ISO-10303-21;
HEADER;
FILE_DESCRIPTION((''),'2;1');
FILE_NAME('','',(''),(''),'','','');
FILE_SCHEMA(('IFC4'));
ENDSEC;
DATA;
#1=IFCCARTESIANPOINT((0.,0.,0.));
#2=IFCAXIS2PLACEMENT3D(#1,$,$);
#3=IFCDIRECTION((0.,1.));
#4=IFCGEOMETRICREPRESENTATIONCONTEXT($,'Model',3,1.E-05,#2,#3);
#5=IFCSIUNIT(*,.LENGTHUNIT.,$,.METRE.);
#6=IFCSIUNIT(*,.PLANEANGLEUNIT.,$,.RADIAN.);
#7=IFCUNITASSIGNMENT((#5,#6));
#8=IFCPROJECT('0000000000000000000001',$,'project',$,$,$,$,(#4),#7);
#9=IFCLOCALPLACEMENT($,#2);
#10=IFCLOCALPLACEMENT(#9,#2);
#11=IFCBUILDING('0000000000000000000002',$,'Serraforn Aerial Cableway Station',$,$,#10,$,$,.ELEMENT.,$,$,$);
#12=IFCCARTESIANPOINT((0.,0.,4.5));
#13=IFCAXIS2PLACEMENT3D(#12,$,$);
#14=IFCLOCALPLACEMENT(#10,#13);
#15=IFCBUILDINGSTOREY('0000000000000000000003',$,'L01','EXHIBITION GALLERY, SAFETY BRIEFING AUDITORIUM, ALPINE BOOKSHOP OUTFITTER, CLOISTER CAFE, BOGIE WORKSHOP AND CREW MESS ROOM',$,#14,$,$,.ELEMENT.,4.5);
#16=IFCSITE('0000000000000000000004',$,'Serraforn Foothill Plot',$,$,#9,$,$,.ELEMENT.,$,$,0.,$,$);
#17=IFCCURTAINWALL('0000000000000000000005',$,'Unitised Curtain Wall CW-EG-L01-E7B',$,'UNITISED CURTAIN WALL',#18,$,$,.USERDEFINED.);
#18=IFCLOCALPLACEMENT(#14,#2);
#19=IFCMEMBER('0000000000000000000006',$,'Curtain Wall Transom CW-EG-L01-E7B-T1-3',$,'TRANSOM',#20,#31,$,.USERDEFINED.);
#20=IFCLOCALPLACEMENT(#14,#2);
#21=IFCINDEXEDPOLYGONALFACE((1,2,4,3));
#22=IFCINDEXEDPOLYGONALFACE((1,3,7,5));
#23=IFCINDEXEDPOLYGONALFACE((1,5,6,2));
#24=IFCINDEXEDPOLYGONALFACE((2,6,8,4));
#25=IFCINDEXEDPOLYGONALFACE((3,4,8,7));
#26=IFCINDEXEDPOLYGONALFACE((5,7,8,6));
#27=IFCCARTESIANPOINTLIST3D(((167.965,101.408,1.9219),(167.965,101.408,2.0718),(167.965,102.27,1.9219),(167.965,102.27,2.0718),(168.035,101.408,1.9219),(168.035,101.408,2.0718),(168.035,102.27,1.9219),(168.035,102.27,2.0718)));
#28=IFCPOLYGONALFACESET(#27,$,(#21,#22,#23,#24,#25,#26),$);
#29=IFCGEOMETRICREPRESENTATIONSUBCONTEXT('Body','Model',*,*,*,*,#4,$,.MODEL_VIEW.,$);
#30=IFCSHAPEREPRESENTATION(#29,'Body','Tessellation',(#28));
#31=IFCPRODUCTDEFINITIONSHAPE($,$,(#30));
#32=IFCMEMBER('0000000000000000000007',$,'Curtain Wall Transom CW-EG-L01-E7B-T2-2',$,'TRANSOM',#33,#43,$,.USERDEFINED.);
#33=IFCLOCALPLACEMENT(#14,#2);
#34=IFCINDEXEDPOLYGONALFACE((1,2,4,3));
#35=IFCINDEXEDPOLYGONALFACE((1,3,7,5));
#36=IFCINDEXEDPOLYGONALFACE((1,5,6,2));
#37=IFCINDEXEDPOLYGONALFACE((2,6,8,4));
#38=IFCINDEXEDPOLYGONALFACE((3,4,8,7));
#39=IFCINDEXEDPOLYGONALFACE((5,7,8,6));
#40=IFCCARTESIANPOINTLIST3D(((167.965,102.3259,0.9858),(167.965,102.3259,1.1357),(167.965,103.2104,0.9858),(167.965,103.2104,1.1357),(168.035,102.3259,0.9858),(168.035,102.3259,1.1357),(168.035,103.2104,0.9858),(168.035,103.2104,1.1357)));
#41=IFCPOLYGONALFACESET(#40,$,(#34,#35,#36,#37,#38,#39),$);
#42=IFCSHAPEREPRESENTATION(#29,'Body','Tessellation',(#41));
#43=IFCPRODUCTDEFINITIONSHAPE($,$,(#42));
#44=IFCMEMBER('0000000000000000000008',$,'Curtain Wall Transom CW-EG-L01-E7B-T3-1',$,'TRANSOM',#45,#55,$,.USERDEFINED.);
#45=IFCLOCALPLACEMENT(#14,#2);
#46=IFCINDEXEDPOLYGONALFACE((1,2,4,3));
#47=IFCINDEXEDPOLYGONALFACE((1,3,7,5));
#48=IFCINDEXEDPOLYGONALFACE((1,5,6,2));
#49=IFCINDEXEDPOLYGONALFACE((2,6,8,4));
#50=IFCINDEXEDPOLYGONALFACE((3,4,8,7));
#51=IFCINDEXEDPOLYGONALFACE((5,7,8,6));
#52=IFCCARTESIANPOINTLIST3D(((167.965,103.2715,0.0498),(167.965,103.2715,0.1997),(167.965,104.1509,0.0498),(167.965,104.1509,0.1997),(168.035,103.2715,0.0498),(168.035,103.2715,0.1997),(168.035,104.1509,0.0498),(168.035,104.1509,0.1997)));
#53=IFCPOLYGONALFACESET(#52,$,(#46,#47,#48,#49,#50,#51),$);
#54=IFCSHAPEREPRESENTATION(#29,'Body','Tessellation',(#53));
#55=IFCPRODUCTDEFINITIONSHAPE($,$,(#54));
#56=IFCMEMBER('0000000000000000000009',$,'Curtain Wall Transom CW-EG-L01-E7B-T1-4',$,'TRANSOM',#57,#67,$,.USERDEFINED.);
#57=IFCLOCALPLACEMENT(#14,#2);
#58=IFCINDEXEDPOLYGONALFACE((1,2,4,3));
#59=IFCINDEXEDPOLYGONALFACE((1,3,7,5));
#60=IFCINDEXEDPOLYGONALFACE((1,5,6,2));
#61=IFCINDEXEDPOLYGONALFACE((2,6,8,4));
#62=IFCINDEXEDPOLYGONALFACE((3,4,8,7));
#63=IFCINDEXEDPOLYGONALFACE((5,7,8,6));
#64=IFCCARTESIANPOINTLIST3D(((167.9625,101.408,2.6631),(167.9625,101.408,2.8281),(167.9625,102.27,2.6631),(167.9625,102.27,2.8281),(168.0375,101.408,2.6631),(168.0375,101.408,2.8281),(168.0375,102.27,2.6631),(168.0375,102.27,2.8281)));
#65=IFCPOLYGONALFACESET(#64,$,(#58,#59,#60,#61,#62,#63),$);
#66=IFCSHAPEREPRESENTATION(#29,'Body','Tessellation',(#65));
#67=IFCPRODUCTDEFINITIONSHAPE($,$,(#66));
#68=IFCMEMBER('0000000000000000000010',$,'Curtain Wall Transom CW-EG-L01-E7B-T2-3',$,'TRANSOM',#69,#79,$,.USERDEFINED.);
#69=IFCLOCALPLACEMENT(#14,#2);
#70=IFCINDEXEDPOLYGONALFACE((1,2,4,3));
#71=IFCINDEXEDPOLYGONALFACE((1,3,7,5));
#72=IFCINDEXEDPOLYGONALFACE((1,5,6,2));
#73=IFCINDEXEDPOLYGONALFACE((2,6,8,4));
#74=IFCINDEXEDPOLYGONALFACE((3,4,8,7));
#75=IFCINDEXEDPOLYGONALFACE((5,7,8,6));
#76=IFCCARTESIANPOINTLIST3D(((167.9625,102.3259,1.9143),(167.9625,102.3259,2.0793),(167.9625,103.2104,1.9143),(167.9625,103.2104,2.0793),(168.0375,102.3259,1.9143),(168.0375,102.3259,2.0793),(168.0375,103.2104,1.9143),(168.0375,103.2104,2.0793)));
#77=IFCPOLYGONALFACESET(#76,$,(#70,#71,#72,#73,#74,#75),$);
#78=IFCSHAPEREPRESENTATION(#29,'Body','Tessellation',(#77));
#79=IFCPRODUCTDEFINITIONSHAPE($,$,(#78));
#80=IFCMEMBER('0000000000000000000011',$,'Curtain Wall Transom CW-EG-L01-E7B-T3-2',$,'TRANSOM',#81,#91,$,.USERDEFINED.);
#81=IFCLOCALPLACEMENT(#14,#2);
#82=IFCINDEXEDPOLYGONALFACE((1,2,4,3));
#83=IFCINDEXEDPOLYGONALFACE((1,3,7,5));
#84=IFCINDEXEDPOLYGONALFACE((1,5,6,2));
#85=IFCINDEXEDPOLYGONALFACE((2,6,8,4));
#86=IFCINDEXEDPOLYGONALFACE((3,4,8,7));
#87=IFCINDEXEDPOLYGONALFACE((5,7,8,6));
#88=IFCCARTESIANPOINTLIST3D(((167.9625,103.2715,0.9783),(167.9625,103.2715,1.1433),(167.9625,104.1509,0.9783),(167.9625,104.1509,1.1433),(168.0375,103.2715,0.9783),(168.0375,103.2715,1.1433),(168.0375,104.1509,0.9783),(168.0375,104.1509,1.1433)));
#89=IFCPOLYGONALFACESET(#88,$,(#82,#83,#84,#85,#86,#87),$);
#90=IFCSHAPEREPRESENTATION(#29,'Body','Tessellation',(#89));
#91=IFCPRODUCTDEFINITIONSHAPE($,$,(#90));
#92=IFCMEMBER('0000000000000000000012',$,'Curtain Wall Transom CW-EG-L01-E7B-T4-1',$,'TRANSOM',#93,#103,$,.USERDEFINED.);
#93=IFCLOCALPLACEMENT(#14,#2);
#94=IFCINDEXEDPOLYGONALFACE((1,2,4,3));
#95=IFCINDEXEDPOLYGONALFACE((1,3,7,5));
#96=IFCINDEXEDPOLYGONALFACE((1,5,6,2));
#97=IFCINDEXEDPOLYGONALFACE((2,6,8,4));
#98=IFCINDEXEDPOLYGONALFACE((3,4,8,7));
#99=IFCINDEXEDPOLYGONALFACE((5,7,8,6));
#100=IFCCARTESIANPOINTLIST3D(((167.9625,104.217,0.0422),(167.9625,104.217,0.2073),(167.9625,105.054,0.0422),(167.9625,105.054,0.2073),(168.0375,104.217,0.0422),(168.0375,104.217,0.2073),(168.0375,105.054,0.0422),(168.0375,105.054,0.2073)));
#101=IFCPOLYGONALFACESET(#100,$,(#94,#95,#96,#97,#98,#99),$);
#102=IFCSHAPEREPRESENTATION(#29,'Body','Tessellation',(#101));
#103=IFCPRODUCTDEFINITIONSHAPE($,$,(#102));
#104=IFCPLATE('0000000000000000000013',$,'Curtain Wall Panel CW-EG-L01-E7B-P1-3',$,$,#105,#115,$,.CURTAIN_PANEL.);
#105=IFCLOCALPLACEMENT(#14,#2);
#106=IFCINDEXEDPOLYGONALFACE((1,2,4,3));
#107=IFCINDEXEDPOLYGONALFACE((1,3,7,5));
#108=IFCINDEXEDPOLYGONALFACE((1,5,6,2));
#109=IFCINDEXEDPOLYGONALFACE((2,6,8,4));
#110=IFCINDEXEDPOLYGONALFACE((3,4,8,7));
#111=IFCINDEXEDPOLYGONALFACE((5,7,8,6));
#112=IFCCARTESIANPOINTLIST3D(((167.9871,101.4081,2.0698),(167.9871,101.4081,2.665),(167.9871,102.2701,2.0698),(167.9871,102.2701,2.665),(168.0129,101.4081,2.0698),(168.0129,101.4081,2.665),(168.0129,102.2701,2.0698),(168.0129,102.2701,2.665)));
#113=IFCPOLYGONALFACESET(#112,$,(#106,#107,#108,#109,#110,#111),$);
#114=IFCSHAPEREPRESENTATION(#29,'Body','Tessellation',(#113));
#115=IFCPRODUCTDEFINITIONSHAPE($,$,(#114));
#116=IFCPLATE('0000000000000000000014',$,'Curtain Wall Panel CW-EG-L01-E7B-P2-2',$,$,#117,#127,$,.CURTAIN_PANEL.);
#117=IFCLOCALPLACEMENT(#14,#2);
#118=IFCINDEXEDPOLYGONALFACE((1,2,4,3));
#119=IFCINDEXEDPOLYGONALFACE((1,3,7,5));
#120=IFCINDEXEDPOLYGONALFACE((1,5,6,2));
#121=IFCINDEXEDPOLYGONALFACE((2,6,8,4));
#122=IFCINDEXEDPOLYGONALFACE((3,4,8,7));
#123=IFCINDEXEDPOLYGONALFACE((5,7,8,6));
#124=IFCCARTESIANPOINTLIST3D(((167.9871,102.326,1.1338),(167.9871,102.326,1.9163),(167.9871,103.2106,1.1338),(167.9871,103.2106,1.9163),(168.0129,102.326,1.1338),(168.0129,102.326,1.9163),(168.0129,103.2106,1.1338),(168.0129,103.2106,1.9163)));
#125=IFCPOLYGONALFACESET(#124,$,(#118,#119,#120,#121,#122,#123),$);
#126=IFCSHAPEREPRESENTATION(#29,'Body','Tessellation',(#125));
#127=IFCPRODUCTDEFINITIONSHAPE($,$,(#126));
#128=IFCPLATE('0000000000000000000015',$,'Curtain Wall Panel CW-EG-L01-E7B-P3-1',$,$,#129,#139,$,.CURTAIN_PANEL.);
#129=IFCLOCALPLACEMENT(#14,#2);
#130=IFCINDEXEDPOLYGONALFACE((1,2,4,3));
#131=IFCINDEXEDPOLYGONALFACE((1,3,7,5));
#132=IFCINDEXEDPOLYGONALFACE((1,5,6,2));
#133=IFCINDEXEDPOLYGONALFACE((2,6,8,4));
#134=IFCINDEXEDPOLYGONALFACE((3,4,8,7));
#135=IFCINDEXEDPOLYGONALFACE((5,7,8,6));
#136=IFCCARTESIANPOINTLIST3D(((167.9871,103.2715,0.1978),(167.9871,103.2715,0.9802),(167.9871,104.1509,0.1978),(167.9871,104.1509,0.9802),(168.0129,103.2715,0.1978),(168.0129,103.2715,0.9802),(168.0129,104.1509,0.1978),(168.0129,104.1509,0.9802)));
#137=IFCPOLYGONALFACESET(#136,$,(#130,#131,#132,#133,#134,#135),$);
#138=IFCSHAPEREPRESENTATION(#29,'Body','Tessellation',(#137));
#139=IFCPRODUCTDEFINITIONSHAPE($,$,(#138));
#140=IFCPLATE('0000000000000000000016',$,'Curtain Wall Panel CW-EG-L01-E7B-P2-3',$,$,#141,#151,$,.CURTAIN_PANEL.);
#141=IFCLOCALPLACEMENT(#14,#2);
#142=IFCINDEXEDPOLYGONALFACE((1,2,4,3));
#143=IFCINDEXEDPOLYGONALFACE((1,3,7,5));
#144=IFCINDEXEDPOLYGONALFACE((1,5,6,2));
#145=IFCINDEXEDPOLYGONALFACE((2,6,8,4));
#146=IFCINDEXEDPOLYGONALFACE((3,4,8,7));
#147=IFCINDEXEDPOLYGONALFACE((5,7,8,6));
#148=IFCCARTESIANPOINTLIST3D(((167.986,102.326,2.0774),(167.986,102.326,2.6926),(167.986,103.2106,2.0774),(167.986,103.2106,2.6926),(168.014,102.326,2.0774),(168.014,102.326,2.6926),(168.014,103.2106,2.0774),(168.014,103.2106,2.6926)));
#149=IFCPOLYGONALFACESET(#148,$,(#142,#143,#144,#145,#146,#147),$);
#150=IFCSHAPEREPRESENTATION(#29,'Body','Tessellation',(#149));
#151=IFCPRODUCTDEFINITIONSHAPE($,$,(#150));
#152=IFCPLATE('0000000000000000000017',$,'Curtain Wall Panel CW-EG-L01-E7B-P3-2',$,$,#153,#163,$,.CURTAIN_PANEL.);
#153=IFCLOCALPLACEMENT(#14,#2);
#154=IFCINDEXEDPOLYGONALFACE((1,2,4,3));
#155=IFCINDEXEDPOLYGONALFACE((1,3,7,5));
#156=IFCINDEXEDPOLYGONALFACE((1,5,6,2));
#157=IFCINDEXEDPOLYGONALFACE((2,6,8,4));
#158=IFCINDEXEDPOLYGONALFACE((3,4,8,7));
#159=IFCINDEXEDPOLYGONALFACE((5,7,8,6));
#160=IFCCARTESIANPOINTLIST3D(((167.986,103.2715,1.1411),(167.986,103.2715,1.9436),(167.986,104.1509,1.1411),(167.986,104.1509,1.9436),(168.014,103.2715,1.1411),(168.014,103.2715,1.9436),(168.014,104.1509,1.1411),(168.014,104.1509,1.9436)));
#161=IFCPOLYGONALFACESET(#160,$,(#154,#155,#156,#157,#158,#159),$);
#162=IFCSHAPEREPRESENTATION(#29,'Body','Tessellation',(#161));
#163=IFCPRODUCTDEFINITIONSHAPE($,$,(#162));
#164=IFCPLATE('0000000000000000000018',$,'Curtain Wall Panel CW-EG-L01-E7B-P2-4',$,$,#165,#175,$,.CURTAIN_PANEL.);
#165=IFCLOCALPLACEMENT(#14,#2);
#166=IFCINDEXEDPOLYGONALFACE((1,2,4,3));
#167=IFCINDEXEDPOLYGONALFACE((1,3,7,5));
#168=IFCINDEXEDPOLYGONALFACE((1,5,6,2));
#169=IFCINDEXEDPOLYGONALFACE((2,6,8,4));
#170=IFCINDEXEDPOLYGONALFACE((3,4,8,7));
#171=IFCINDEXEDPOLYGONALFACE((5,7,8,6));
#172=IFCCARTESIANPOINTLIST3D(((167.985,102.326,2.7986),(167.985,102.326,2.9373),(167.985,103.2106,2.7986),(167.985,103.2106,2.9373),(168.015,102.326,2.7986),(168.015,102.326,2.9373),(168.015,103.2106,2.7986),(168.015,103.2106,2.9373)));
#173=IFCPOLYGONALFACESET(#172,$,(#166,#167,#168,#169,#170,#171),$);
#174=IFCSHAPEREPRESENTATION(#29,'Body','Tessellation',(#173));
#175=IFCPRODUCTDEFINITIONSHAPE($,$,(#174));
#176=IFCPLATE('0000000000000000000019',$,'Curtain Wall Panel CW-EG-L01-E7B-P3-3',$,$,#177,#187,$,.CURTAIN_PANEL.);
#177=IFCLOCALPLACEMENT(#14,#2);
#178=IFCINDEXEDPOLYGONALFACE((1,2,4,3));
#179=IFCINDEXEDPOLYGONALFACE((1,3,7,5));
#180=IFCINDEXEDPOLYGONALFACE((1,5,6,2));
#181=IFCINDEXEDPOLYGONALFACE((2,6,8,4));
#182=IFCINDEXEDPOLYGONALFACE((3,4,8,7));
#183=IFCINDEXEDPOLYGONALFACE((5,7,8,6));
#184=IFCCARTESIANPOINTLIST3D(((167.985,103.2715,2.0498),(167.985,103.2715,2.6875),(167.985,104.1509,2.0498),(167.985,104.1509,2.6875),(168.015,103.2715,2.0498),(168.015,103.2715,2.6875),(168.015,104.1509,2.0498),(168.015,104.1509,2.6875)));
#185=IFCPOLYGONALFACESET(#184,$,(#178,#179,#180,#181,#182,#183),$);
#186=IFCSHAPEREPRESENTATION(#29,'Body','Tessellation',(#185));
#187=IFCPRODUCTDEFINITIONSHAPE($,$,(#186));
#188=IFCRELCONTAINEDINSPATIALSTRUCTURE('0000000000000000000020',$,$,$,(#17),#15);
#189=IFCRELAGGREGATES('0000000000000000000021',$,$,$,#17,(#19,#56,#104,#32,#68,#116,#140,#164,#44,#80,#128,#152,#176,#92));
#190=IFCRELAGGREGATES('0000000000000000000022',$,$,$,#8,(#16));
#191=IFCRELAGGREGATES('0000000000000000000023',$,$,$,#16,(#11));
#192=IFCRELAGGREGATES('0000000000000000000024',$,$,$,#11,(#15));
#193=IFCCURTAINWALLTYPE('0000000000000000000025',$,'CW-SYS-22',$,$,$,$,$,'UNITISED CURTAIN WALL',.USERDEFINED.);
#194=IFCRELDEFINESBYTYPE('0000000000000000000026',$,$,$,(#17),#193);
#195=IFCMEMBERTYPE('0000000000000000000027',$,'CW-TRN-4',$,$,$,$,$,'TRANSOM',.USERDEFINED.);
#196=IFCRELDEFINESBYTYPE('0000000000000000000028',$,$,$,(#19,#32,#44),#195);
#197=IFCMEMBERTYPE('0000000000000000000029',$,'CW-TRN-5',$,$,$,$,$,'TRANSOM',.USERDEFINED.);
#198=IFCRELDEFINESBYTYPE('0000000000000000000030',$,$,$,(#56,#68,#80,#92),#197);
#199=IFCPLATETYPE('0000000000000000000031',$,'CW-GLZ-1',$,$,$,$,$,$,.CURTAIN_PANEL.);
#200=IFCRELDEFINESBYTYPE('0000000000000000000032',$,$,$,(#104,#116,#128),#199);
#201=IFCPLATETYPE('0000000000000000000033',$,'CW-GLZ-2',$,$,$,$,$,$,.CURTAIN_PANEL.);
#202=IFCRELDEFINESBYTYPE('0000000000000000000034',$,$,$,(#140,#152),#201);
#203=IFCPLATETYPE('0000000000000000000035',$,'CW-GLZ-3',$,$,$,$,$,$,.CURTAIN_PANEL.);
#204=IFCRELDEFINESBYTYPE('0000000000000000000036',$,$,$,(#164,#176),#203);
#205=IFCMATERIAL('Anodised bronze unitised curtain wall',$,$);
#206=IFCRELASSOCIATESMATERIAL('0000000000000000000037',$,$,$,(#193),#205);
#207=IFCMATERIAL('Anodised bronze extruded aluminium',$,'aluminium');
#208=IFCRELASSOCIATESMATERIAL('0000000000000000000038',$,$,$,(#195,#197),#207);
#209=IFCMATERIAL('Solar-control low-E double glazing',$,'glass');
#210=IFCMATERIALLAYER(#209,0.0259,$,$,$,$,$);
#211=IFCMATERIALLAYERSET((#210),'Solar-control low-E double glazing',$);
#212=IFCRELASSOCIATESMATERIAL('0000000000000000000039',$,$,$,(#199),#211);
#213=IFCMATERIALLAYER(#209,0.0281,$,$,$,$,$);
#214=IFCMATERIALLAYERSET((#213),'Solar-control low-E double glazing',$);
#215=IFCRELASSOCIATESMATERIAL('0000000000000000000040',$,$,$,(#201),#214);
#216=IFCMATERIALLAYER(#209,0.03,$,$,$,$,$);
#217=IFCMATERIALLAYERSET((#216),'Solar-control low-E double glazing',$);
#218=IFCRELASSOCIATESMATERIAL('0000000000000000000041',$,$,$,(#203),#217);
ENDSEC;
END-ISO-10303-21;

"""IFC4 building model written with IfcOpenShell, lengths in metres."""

from ifc_helpers import new_model, si_unit, direction, frame, origin, origin_2d, place, context, subcontext, project, spatial, rectangle, extrude, material, layer, layer_set, material_profile, profile_set, type_object, element, aggregate, save


model = new_model("IFC4")

# Units and contexts
model_context = context("Model", 3, precision=1e-05, world=origin(), true_north=direction((0.0, 1.0)))
body_context = subcontext(model_context, "Body", "Model", "MODEL_VIEW")
ifc_project = project(units=[si_unit("LENGTHUNIT", "METRE"), si_unit("PLANEANGLEUNIT", "RADIAN")], contexts=[model_context])

# Site, building, storey
site_placement = place(None, origin())
site = spatial("IfcSite", under=ifc_project, at=site_placement, Name="Serraforn Foothill Plot", CompositionType="ELEMENT", RefElevation=0.0)
building_placement = place(site_placement, origin())
building = spatial("IfcBuilding", under=site, at=building_placement, Name="Serraforn Aerial Cableway Station", CompositionType="ELEMENT")
storey_placement = place(building_placement, frame((0.0, 0.0, 4.5)))
storey = spatial("IfcBuildingStorey", under=building, at=storey_placement, Name="L01", Description="EXHIBITION GALLERY, SAFETY BRIEFING AUDITORIUM, ALPINE BOOKSHOP OUTFITTER, CLOISTER CAFE, BOGIE WORKSHOP AND CREW MESS ROOM", CompositionType="ELEMENT", Elevation=4.5)

# Curtain wall, members, plates
ifc_material_1 = material(Name="Anodised bronze unitised curtain wall")
curtain_wall_type = type_object("IfcCurtainWallType", Name="CW-SYS-22", ElementType="UNITISED CURTAIN WALL", PredefinedType="USERDEFINED", material=ifc_material_1)
curtain_wall_placement = place(storey_placement, origin())
curtain_wall = element("IfcCurtainWall", 1, at=curtain_wall_placement, inside=storey, type_object=curtain_wall_type, Name="Unitised Curtain Wall CW-EG-L01-E7B", ObjectType="UNITISED CURTAIN WALL", PredefinedType="USERDEFINED")
ifc_material_2 = material(Name="Anodised bronze extruded aluminium", Category="aluminium")
ifc_material_profile_1 = material_profile(ifc_material_2, rectangle(XDim=0.0701, YDim=0.1499, at=origin_2d()), Name="CW TRANSOM 70x150")
ifc_profile_set_1 = profile_set([ifc_material_profile_1], Name="Anodised bronze extruded aluminium")
member_type_1 = type_object("IfcMemberType", Name="CW-TRN-4", ElementType="TRANSOM", PredefinedType="USERDEFINED", material=ifc_profile_set_1)
member_1_placement = place(storey_placement, frame((168.0, 101.408, 1.9968), z_axis=(0.0, 1.0, 0.0), x_axis=(-1.0, 0.0, 0.0)))
member_1 = element("IfcMember", 2, at=member_1_placement, type_object=member_type_1, Name="Curtain Wall Transom CW-EG-L01-E7B-T1-3", ObjectType="TRANSOM", PredefinedType="USERDEFINED", context=body_context, shape_type="SweptSolid", body=[
    extrude(rectangle(XDim=0.0701, YDim=0.1499, at=origin_2d()), origin(), (0.0, 0.0, 1.0), 0.8621),
])
member_2_placement = place(storey_placement, frame((168.0, 102.3259, 1.0608), z_axis=(0.0, 1.0, 0.0), x_axis=(-1.0, 0.0, 0.0)))
member_2 = element("IfcMember", 3, at=member_2_placement, type_object=member_type_1, Name="Curtain Wall Transom CW-EG-L01-E7B-T2-2", ObjectType="TRANSOM", PredefinedType="USERDEFINED", context=body_context, shape_type="SweptSolid", body=[
    extrude(rectangle(XDim=0.0701, YDim=0.1499, at=origin_2d()), origin(), (0.0, 0.0, 1.0), 0.8845),
])
member_3_placement = place(storey_placement, frame((168.0, 103.2715, 0.1248), z_axis=(0.0, 1.0, 0.0), x_axis=(-1.0, 0.0, 0.0)))
member_3 = element("IfcMember", 4, at=member_3_placement, type_object=member_type_1, Name="Curtain Wall Transom CW-EG-L01-E7B-T3-1", ObjectType="TRANSOM", PredefinedType="USERDEFINED", context=body_context, shape_type="SweptSolid", body=[
    extrude(rectangle(XDim=0.0701, YDim=0.1499, at=origin_2d()), origin(), (0.0, 0.0, 1.0), 0.8794),
])
ifc_material_profile_2 = material_profile(ifc_material_2, rectangle(XDim=0.075, YDim=0.165, at=origin_2d()), Name="CW TRANSOM 75x165")
ifc_profile_set_2 = profile_set([ifc_material_profile_2], Name="Anodised bronze extruded aluminium")
member_type_2 = type_object("IfcMemberType", Name="CW-TRN-5", ElementType="TRANSOM", PredefinedType="USERDEFINED", material=ifc_profile_set_2)
member_4_placement = place(storey_placement, frame((168.0, 101.408, 2.7456), z_axis=(0.0, 1.0, 0.0), x_axis=(-1.0, 0.0, 0.0)))
member_4 = element("IfcMember", 5, at=member_4_placement, type_object=member_type_2, Name="Curtain Wall Transom CW-EG-L01-E7B-T1-4", ObjectType="TRANSOM", PredefinedType="USERDEFINED", context=body_context, shape_type="SweptSolid", body=[
    extrude(rectangle(XDim=0.075, YDim=0.165, at=origin_2d()), origin(), (0.0, 0.0, 1.0), 0.8621),
])
member_5_placement = place(storey_placement, frame((168.0, 102.3259, 1.9968), z_axis=(0.0, 1.0, 0.0), x_axis=(-1.0, 0.0, 0.0)))
member_5 = element("IfcMember", 6, at=member_5_placement, type_object=member_type_2, Name="Curtain Wall Transom CW-EG-L01-E7B-T2-3", ObjectType="TRANSOM", PredefinedType="USERDEFINED", context=body_context, shape_type="SweptSolid", body=[
    extrude(rectangle(XDim=0.075, YDim=0.165, at=origin_2d()), origin(), (0.0, 0.0, 1.0), 0.8845),
])
member_6_placement = place(storey_placement, frame((168.0, 103.2715, 1.0608), z_axis=(0.0, 1.0, 0.0), x_axis=(-1.0, 0.0, 0.0)))
member_6 = element("IfcMember", 7, at=member_6_placement, type_object=member_type_2, Name="Curtain Wall Transom CW-EG-L01-E7B-T3-2", ObjectType="TRANSOM", PredefinedType="USERDEFINED", context=body_context, shape_type="SweptSolid", body=[
    extrude(rectangle(XDim=0.075, YDim=0.165, at=origin_2d()), origin(), (0.0, 0.0, 1.0), 0.8794),
])
member_7_placement = place(storey_placement, frame((168.0, 104.217, 0.1248), z_axis=(0.0, 1.0, 0.0), x_axis=(-1.0, 0.0, 0.0)))
member_7 = element("IfcMember", 8, at=member_7_placement, type_object=member_type_2, Name="Curtain Wall Transom CW-EG-L01-E7B-T4-1", ObjectType="TRANSOM", PredefinedType="USERDEFINED", context=body_context, shape_type="SweptSolid", body=[
    extrude(rectangle(XDim=0.075, YDim=0.165, at=origin_2d()), origin(), (0.0, 0.0, 1.0), 0.8369),
])
ifc_material_3 = material(Name="Solar-control low-E double glazing", Category="glass")
ifc_layer_1 = layer(ifc_material_3, 0.0259)
ifc_layer_set_1 = layer_set([ifc_layer_1], Name="Solar-control low-E double glazing")
plate_type_1 = type_object("IfcPlateType", Name="CW-GLZ-1", PredefinedType="CURTAIN_PANEL", material=ifc_layer_set_1)
plate_1_placement = place(storey_placement, frame((168.0, 101.8391, 2.0698), z_axis=(0.0, 0.0, 1.0), x_axis=(1.0, 0.0, 0.0)))
plate_1 = element("IfcPlate", 9, at=plate_1_placement, type_object=plate_type_1, Name="Curtain Wall Panel CW-EG-L01-E7B-P1-3", PredefinedType="CURTAIN_PANEL", context=body_context, shape_type="SweptSolid", body=[
    extrude(rectangle(XDim=0.0259, YDim=0.8621, at=origin_2d()), origin(), (0.0, 0.0, 1.0), 0.5952),
])
plate_2_placement = place(storey_placement, frame((168.0, 102.7683, 1.1338), z_axis=(0.0, 0.0, 1.0), x_axis=(1.0, 0.0, 0.0)))
plate_2 = element("IfcPlate", 10, at=plate_2_placement, type_object=plate_type_1, Name="Curtain Wall Panel CW-EG-L01-E7B-P2-2", PredefinedType="CURTAIN_PANEL", context=body_context, shape_type="SweptSolid", body=[
    extrude(rectangle(XDim=0.0259, YDim=0.8845, at=origin_2d()), origin(), (0.0, 0.0, 1.0), 0.7825),
])
plate_3_placement = place(storey_placement, frame((168.0, 103.7112, 0.1978), z_axis=(0.0, 0.0, 1.0), x_axis=(1.0, 0.0, 0.0)))
plate_3 = element("IfcPlate", 11, at=plate_3_placement, type_object=plate_type_1, Name="Curtain Wall Panel CW-EG-L01-E7B-P3-1", PredefinedType="CURTAIN_PANEL", context=body_context, shape_type="SweptSolid", body=[
    extrude(rectangle(XDim=0.0259, YDim=0.8794, at=origin_2d()), origin(), (0.0, 0.0, 1.0), 0.7825),
])
ifc_layer_2 = layer(ifc_material_3, 0.0281)
ifc_layer_set_2 = layer_set([ifc_layer_2], Name="Solar-control low-E double glazing")
plate_type_2 = type_object("IfcPlateType", Name="CW-GLZ-2", PredefinedType="CURTAIN_PANEL", material=ifc_layer_set_2)
plate_4_placement = place(storey_placement, frame((168.0, 102.7683, 2.0774), z_axis=(0.0, 0.0, 1.0), x_axis=(1.0, 0.0, 0.0)))
plate_4 = element("IfcPlate", 12, at=plate_4_placement, type_object=plate_type_2, Name="Curtain Wall Panel CW-EG-L01-E7B-P2-3", PredefinedType="CURTAIN_PANEL", context=body_context, shape_type="SweptSolid", body=[
    extrude(rectangle(XDim=0.0281, YDim=0.8845, at=origin_2d()), origin(), (0.0, 0.0, 1.0), 0.6152),
])
plate_5_placement = place(storey_placement, frame((168.0, 103.7112, 1.1411), z_axis=(0.0, 0.0, 1.0), x_axis=(1.0, 0.0, 0.0)))
plate_5 = element("IfcPlate", 13, at=plate_5_placement, type_object=plate_type_2, Name="Curtain Wall Panel CW-EG-L01-E7B-P3-2", PredefinedType="CURTAIN_PANEL", context=body_context, shape_type="SweptSolid", body=[
    extrude(rectangle(XDim=0.0281, YDim=0.8794, at=origin_2d()), origin(), (0.0, 0.0, 1.0), 0.8025),
])
ifc_layer_3 = layer(ifc_material_3, 0.03)
ifc_layer_set_3 = layer_set([ifc_layer_3], Name="Solar-control low-E double glazing")
plate_type_3 = type_object("IfcPlateType", Name="CW-GLZ-3", PredefinedType="CURTAIN_PANEL", material=ifc_layer_set_3)
plate_6_placement = place(storey_placement, frame((168.0, 102.7683, 2.7986), z_axis=(0.0, 0.0, 1.0), x_axis=(1.0, 0.0, 0.0)))
plate_6 = element("IfcPlate", 14, at=plate_6_placement, type_object=plate_type_3, Name="Curtain Wall Panel CW-EG-L01-E7B-P2-4", PredefinedType="CURTAIN_PANEL", context=body_context, shape_type="SweptSolid", body=[
    extrude(rectangle(XDim=0.03, YDim=0.8845, at=origin_2d()), origin(), (0.0, 0.0, 1.0), 0.1387),
])
plate_7_placement = place(storey_placement, frame((168.0, 103.7112, 2.0498), z_axis=(0.0, 0.0, 1.0), x_axis=(1.0, 0.0, 0.0)))
plate_7 = element("IfcPlate", 15, at=plate_7_placement, type_object=plate_type_3, Name="Curtain Wall Panel CW-EG-L01-E7B-P3-3", PredefinedType="CURTAIN_PANEL", context=body_context, shape_type="SweptSolid", body=[
    extrude(rectangle(XDim=0.03, YDim=0.8794, at=origin_2d()), origin(), (0.0, 0.0, 1.0), 0.6377),
])
aggregate(curtain_wall, [member_1, member_4, plate_1, member_2, member_5, plate_2, plate_4, plate_6, member_3, member_6, plate_3, plate_5, plate_7, member_7])

save(model, "model.ifc")
